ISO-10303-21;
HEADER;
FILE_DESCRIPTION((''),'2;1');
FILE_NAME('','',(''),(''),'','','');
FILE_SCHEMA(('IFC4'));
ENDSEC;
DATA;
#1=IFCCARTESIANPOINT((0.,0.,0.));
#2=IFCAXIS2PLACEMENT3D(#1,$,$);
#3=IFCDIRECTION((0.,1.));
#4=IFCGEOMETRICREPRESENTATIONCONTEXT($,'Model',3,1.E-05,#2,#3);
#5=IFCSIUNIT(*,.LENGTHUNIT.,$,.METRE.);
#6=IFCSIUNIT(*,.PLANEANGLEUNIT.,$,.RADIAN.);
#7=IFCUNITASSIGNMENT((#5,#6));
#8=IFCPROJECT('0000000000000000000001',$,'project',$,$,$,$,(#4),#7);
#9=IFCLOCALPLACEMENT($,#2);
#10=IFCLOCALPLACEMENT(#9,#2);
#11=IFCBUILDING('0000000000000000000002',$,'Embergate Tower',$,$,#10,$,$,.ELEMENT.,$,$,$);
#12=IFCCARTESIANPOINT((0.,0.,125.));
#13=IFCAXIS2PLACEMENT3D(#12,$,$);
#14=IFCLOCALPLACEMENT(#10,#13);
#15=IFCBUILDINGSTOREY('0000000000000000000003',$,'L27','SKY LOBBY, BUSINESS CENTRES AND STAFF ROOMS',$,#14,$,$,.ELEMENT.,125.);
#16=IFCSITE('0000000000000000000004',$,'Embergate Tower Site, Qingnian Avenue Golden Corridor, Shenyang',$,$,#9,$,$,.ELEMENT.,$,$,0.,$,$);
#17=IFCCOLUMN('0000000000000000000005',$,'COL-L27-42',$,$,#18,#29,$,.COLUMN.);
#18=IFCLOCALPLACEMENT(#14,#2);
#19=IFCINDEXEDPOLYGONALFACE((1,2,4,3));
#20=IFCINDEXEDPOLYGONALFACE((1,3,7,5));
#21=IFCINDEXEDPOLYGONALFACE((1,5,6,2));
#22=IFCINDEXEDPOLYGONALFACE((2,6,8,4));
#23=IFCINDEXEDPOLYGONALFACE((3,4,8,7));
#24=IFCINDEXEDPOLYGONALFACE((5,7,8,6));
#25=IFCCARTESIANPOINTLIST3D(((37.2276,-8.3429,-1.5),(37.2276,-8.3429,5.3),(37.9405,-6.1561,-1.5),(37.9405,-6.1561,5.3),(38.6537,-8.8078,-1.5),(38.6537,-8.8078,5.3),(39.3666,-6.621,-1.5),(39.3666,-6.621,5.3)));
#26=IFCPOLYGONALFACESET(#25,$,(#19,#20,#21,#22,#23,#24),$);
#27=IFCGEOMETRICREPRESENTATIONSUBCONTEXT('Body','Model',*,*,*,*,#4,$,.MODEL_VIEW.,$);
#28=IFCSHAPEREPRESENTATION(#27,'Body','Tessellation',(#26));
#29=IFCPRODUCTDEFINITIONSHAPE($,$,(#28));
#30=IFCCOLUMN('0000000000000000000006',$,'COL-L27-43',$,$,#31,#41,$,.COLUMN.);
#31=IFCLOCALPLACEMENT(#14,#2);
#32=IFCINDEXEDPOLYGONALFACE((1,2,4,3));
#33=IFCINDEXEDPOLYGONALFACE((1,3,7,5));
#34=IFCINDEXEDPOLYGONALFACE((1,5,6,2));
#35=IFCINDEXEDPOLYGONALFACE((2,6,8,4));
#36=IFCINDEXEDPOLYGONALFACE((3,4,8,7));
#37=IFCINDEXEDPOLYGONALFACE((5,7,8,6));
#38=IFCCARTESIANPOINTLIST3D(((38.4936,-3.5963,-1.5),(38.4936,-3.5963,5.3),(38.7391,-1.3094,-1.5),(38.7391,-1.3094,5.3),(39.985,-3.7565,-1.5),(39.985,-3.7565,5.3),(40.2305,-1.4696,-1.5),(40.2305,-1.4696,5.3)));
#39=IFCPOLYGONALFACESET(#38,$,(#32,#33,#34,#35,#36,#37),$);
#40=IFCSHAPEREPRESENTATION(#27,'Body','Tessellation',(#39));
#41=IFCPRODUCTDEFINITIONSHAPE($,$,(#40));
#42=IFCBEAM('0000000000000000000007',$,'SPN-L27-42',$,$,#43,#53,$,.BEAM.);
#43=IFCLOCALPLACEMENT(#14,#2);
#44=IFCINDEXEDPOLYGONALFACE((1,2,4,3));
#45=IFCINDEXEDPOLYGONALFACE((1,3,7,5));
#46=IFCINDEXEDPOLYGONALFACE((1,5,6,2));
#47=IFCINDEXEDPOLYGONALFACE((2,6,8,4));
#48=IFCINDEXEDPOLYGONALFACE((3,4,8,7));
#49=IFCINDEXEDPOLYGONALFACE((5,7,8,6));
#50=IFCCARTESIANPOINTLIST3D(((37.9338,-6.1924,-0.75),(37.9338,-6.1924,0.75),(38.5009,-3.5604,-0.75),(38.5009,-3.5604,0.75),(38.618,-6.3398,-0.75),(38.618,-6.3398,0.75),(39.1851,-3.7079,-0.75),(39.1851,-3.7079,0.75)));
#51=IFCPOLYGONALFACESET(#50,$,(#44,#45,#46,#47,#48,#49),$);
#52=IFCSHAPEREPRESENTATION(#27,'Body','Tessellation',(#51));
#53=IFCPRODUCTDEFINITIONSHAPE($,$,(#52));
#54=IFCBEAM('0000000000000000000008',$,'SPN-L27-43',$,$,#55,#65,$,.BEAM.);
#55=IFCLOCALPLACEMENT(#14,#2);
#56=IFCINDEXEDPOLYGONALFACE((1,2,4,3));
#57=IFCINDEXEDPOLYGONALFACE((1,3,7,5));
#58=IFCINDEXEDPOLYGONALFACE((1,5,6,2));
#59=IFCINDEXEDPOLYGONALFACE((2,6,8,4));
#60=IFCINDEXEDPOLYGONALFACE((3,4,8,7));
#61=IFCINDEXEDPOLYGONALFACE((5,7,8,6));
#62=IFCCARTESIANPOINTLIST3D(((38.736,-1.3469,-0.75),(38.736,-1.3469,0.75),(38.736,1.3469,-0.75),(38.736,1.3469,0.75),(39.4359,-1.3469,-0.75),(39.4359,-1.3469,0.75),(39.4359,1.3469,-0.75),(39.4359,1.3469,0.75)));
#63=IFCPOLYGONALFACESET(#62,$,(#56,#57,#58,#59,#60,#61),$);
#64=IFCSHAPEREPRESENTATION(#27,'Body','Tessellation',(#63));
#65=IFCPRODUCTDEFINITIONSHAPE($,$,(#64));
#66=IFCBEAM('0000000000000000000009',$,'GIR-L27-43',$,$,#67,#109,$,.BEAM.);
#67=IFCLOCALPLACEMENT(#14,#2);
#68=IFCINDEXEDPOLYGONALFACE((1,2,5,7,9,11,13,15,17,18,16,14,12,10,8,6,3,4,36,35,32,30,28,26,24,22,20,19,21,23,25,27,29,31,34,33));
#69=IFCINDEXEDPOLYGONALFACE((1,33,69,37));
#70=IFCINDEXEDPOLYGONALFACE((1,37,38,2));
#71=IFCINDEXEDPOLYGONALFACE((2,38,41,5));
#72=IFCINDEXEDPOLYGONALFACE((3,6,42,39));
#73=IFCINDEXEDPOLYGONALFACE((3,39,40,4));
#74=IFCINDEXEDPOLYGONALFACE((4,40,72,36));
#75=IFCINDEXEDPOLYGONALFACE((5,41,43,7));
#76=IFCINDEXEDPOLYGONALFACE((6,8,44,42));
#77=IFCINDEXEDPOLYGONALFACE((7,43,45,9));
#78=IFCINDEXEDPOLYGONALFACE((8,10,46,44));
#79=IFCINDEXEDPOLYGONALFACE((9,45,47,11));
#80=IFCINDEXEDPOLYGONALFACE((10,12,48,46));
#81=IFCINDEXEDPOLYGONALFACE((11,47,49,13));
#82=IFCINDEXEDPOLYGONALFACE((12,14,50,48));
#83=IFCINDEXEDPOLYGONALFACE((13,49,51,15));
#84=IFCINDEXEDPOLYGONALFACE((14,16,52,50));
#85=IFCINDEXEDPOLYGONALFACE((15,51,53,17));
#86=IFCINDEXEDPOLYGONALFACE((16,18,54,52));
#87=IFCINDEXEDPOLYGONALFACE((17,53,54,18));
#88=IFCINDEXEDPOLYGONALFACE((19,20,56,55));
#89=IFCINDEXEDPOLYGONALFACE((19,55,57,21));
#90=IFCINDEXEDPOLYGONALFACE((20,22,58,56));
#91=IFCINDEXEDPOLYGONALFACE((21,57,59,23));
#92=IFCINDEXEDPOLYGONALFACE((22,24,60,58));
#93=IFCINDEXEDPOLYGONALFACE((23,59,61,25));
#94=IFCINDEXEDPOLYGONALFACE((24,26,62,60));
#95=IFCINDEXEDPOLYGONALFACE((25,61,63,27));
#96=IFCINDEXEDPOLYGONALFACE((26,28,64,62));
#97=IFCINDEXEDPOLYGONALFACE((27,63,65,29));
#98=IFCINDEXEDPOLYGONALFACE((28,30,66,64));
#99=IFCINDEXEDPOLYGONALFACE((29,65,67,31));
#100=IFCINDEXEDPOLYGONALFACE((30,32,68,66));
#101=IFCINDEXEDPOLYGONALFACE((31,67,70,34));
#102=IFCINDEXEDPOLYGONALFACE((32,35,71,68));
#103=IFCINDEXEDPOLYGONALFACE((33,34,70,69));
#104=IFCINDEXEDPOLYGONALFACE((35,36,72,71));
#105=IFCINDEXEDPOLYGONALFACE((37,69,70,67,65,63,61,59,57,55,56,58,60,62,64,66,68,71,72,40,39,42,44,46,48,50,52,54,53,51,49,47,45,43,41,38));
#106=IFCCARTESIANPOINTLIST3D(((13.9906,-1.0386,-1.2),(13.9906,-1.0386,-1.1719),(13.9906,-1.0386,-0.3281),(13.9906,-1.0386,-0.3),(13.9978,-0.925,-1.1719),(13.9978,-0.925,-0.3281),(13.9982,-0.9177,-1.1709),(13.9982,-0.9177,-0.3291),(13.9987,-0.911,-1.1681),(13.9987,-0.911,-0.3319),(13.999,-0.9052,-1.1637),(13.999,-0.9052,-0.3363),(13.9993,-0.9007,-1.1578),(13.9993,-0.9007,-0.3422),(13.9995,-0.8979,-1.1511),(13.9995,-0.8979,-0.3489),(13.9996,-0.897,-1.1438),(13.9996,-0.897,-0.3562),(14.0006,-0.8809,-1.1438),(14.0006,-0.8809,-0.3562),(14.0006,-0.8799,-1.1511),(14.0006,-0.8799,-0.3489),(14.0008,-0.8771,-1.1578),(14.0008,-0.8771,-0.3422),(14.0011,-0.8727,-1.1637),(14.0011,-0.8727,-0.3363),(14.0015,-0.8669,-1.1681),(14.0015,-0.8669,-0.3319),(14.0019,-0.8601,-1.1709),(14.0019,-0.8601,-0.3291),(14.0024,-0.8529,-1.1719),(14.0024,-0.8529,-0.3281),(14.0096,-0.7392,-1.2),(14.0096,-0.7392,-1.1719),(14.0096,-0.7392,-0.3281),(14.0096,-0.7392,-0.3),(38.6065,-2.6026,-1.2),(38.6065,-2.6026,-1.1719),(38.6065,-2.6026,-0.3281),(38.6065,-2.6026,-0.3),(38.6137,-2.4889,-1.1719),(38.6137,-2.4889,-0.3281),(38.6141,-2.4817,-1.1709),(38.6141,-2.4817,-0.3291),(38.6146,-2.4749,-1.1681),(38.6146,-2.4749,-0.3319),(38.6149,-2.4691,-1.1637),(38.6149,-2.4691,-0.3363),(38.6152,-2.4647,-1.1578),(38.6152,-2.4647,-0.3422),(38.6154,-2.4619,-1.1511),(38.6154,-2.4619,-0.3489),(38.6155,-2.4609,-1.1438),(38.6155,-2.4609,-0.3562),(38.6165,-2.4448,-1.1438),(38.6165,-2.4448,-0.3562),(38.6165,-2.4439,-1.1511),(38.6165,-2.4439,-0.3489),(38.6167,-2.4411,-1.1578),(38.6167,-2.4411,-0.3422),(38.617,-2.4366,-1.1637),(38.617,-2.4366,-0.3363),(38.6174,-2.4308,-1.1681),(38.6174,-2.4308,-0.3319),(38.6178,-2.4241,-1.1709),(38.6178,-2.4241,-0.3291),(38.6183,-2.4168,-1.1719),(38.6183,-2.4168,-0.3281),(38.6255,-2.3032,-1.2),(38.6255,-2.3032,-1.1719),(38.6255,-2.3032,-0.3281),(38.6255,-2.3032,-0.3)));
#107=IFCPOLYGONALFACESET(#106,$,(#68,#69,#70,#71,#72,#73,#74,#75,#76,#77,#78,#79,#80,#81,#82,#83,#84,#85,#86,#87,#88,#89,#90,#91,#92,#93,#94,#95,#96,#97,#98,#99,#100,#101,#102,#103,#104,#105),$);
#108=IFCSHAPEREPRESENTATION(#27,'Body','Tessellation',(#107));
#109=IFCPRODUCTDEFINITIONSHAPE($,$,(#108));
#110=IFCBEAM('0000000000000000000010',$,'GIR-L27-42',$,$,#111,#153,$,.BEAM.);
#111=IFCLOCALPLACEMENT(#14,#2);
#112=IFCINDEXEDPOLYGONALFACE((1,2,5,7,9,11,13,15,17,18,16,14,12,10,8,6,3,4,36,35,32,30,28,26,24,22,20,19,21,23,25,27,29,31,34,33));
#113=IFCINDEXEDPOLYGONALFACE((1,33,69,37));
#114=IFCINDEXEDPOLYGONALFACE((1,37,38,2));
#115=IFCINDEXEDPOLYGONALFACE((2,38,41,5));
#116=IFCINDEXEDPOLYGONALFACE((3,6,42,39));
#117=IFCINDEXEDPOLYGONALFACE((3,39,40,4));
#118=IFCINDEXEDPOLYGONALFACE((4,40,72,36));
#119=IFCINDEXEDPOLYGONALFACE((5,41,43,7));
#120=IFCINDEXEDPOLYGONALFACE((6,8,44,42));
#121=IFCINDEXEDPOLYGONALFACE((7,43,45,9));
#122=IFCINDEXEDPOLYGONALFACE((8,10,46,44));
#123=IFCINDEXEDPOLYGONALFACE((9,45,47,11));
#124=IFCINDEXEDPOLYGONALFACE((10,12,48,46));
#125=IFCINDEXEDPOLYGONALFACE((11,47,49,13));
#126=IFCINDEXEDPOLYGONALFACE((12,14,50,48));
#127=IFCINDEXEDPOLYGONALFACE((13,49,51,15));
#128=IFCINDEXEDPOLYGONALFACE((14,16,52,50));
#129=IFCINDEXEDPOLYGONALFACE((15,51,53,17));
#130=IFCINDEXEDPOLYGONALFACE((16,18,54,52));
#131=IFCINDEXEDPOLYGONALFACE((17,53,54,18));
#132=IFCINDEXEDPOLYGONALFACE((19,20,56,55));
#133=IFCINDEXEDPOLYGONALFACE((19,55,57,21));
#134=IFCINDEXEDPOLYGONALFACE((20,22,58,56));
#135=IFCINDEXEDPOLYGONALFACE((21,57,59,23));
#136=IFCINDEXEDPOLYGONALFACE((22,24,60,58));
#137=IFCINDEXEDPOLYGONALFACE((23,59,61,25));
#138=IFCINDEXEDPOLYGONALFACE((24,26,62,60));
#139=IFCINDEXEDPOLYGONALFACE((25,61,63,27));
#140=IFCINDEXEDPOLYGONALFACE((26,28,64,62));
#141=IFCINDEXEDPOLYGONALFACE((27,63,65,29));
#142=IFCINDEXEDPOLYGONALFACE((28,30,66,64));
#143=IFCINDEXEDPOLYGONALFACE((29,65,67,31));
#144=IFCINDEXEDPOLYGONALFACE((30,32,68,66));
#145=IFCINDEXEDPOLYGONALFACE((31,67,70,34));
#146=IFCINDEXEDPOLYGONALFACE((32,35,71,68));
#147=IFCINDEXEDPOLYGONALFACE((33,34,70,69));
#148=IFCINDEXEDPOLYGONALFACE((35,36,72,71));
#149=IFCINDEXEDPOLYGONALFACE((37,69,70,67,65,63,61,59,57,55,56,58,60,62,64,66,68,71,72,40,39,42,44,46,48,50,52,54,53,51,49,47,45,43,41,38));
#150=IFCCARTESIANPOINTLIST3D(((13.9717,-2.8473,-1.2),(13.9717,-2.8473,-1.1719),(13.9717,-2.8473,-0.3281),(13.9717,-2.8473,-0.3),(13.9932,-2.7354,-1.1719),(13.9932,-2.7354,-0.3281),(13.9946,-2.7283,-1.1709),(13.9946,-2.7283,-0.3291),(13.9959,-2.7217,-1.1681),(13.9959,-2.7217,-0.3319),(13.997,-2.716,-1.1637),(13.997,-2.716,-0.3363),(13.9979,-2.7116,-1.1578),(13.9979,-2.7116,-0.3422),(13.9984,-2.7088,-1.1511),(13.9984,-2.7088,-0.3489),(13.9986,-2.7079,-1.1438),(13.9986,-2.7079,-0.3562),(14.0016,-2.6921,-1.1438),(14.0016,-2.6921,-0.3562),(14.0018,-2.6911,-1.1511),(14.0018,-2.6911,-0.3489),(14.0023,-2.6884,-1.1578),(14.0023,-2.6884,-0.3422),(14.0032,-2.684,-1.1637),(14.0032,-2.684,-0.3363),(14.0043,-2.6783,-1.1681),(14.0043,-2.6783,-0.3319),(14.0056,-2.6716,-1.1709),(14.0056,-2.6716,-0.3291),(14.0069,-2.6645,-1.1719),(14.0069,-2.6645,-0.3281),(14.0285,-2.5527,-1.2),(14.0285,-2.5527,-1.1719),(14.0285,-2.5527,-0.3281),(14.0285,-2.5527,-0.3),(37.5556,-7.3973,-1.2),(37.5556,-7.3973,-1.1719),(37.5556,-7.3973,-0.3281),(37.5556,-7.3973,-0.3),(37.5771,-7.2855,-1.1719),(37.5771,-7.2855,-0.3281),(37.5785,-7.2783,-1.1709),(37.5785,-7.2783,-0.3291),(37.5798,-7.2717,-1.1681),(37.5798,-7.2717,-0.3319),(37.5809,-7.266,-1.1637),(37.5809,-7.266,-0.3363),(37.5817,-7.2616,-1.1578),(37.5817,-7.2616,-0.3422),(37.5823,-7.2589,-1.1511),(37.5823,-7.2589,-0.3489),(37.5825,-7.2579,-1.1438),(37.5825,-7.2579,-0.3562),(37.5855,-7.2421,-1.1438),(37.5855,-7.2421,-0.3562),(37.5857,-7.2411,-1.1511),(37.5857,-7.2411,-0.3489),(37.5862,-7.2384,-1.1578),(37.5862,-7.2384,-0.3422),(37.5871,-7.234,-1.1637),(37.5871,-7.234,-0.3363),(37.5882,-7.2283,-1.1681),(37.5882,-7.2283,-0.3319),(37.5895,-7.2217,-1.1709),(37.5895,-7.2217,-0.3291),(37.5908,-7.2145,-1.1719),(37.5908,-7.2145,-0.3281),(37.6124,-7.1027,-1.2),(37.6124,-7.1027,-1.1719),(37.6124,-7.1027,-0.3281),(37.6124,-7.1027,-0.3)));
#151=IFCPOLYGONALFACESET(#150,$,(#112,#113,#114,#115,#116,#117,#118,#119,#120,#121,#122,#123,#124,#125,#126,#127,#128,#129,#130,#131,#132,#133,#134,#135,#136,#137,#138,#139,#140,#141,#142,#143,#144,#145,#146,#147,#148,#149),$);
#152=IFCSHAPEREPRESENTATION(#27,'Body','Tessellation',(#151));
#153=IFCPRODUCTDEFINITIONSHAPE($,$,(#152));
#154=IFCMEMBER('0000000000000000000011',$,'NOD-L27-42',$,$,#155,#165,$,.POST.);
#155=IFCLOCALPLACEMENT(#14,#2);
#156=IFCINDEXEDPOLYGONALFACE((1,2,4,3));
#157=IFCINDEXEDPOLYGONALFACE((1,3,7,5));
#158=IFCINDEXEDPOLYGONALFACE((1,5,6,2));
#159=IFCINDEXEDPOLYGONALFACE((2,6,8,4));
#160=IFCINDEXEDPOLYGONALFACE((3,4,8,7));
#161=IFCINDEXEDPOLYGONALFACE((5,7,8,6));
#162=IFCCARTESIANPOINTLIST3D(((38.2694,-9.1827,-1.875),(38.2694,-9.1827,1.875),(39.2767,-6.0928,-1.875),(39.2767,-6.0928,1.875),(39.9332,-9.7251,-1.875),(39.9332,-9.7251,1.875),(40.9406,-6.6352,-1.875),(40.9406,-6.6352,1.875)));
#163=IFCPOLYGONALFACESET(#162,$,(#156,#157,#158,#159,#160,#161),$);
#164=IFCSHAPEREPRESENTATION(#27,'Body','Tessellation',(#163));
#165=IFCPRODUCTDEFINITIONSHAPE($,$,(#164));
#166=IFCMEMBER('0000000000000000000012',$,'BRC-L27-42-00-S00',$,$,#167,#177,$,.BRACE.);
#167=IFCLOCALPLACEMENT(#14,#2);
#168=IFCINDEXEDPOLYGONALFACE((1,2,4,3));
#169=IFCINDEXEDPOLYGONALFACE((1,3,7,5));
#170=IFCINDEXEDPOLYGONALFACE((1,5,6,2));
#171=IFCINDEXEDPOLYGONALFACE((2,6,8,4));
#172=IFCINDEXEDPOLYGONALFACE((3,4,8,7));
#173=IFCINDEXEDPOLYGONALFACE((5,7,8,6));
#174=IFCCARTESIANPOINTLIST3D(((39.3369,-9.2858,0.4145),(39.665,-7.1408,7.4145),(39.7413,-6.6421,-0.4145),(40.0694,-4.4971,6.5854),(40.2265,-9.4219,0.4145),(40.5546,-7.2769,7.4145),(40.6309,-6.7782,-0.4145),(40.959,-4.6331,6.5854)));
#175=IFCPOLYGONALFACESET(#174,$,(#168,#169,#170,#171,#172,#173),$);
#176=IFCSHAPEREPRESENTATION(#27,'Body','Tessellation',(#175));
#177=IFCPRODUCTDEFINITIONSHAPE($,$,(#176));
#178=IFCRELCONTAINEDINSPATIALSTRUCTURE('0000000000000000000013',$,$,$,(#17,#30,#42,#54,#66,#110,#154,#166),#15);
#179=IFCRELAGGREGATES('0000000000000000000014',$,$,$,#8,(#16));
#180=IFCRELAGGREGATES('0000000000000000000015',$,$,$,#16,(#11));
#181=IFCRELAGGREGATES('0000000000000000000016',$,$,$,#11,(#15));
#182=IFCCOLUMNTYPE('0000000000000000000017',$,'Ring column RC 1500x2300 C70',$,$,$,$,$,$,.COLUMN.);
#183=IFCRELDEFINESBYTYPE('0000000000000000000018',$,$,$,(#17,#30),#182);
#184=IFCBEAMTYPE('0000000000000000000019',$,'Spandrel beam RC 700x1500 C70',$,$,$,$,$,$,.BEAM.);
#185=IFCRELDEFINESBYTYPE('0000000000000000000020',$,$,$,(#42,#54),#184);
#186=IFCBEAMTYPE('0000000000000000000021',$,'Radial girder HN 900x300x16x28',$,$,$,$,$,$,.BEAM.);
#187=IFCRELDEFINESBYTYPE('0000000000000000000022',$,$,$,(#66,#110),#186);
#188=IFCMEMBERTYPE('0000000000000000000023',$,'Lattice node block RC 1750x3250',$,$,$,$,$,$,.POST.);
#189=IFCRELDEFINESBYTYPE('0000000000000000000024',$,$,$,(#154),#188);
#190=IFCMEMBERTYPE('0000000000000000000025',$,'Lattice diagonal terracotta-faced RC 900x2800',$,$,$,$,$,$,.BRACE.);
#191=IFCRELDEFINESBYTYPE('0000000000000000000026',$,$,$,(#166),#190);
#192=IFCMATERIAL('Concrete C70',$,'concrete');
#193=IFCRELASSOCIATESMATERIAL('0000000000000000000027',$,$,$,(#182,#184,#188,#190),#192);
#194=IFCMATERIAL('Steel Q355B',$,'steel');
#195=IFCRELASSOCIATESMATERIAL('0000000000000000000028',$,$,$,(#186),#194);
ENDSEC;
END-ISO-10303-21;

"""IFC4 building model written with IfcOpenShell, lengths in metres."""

from ifc_helpers import new_model, si_unit, direction, frame, origin, origin_2d, place, context, subcontext, project, spatial, rectangle, i_section, extrude, source, transform, mapped, material, material_profile, profile_set, type_object, element, save


model = new_model("IFC4")

# Units and contexts
model_context = context("Model", 3, precision=1e-05, world=origin(), true_north=direction((0.0, 1.0)))
body_context = subcontext(model_context, "Body", "Model", "MODEL_VIEW")
ifc_project = project(units=[si_unit("LENGTHUNIT", "METRE"), si_unit("PLANEANGLEUNIT", "RADIAN")], contexts=[model_context])

# Site, building, storey
site_placement = place(None, origin())
site = spatial("IfcSite", under=ifc_project, at=site_placement, Name="Embergate Tower Site, Qingnian Avenue Golden Corridor, Shenyang", CompositionType="ELEMENT", RefElevation=0.0)
building_placement = place(site_placement, origin())
building = spatial("IfcBuilding", under=site, at=building_placement, Name="Embergate Tower", CompositionType="ELEMENT")
storey_placement = place(building_placement, frame((0.0, 0.0, 125.0)))
storey = spatial("IfcBuildingStorey", under=building, at=storey_placement, Name="L27", Description="SKY LOBBY, BUSINESS CENTRES AND STAFF ROOMS", CompositionType="ELEMENT", Elevation=125.0)

# Columns
ifc_material_1 = material(Name="Concrete C70", Category="concrete")
ifc_material_profile_1 = material_profile(ifc_material_1, rectangle(XDim=1.5, YDim=2.3, at=origin_2d()), Name="RC 1500x2300")
ifc_profile_set_1 = profile_set([ifc_material_profile_1], Name="Concrete C70")
column_type = type_object("IfcColumnType", Name="Ring column RC 1500x2300 C70", PredefinedType="COLUMN", material=ifc_profile_set_1)
shared_shape_1 = source(origin(), body_context, "Body", "SweptSolid", [
    extrude(rectangle(XDim=1.5, YDim=2.3, at=origin_2d()), origin(), (0.0, 0.0, 1.0), 6.8),
])
for number, where, z_axis, x_axis, name in (
    (1, (38.2971, -7.4819, -1.5), (0.0, 0.0, 1.0), (0.950754, -0.309946, 0.0), "COL-L27-42"),
    (2, (39.3621, -2.533, -1.5), (0.0, 0.0, 1.0), (0.994286, -0.10675, 0.0), "COL-L27-43"),
):
    element("IfcColumn", number, at=place(storey_placement, frame(where, z_axis=z_axis, x_axis=x_axis)), inside=storey, type_object=column_type, Name=name, PredefinedType="COLUMN", context=body_context, shape_type="MappedRepresentation", body=[
        mapped(shared_shape_1, transform((0.0, 0.0, 0.0))),
    ])

# Beams
ifc_material_profile_2 = material_profile(ifc_material_1, rectangle(XDim=0.7, YDim=1.5, at=origin_2d()), Name="RC 700x1500")
ifc_profile_set_2 = profile_set([ifc_material_profile_2], Name="Concrete C70")
beam_type_1 = type_object("IfcBeamType", Name="Spandrel beam RC 700x1500 C70", PredefinedType="BEAM", material=ifc_profile_set_2)
shared_shape_2 = source(origin(), body_context, "Body", "SweptSolid", [
    extrude(rectangle(XDim=0.7, YDim=1.5, at=origin_2d()), origin(), (0.0, 0.0, 1.0), 2.6924),
])
beam_1_placement = place(storey_placement, frame((38.2759, -6.2661, 0.0), z_axis=(0.210637, 0.977564, 0.0), x_axis=(-0.977564, 0.210637, 0.0)))
element("IfcBeam", 3, at=beam_1_placement, inside=storey, type_object=beam_type_1, Name="SPN-L27-42", PredefinedType="BEAM", context=body_context, shape_type="MappedRepresentation", body=[
    mapped(shared_shape_2, transform((0.0, 0.0, 0.0))),
])
shared_shape_3 = source(origin(), body_context, "Body", "SweptSolid", [
    extrude(rectangle(XDim=0.7, YDim=1.5, at=origin_2d()), origin(), (0.0, 0.0, 1.0), 2.6938),
])
beam_2_placement = place(storey_placement, frame((39.0859, -1.3469, 0.0), z_axis=(0.0, 1.0, 0.0), x_axis=(-1.0, 0.0, 0.0)))
element("IfcBeam", 4, at=beam_2_placement, inside=storey, type_object=beam_type_1, Name="SPN-L27-43", PredefinedType="BEAM", context=body_context, shape_type="MappedRepresentation", body=[
    mapped(shared_shape_3, transform((0.0, 0.0, 0.0))),
])
ifc_material_2 = material(Name="Steel Q355B", Category="steel")
ifc_material_profile_3 = material_profile(ifc_material_2, i_section(OverallWidth=0.3, OverallDepth=0.8999, WebThickness=0.0161, FlangeThickness=0.0281, FilletRadius=0.0281, at=origin_2d()), Name="HN 900x300x16x28")
ifc_profile_set_3 = profile_set([ifc_material_profile_3], Name="Steel Q355 grade B")
beam_type_2 = type_object("IfcBeamType", Name="Radial girder HN 900x300x16x28", PredefinedType="BEAM", material=ifc_profile_set_3)
shared_shape_4 = source(origin(), body_context, "Body", "SweptSolid", [
    extrude(i_section(OverallWidth=0.3, OverallDepth=0.8999, WebThickness=0.0161, FlangeThickness=0.0281, FilletRadius=0.0281, at=origin_2d()), origin(), (0.0, 0.0, 1.0), 24.6655),
])
beam_3_placement = place(storey_placement, frame((38.616, -2.4529, -0.75), z_axis=(-0.997988, 0.063407, 0.0), x_axis=(-0.063407, -0.997988, 0.0)))
element("IfcBeam", 5, at=beam_3_placement, inside=storey, type_object=beam_type_2, Name="GIR-L27-43", PredefinedType="BEAM", context=body_context, shape_type="MappedRepresentation", body=[
    mapped(shared_shape_4, transform((0.0, 0.0, 0.0))),
])
shared_shape_5 = source(origin(), body_context, "Body", "SweptSolid", [
    extrude(i_section(OverallWidth=0.3, OverallDepth=0.8999, WebThickness=0.0161, FlangeThickness=0.0281, FilletRadius=0.0281, at=origin_2d()), origin(), (0.0, 0.0, 1.0), 24.0188),
])
beam_4_placement = place(storey_placement, frame((37.584, -7.25, -0.75), z_axis=(-0.981893, 0.189436, 0.0), x_axis=(-0.189436, -0.981893, 0.0)))
element("IfcBeam", 6, at=beam_4_placement, inside=storey, type_object=beam_type_2, Name="GIR-L27-42", PredefinedType="BEAM", context=body_context, shape_type="MappedRepresentation", body=[
    mapped(shared_shape_5, transform((0.0, 0.0, 0.0))),
])

# Members
ifc_material_profile_4 = material_profile(ifc_material_1, rectangle(XDim=1.75, YDim=3.25, at=origin_2d()), Name="RC 1750x3250")
ifc_profile_set_4 = profile_set([ifc_material_profile_4], Name="Concrete C70")
member_type_1 = type_object("IfcMemberType", Name="Lattice node block RC 1750x3250", PredefinedType="POST", material=ifc_profile_set_4)
shared_shape_6 = source(origin(), body_context, "Body", "SweptSolid", [
    extrude(rectangle(XDim=1.75, YDim=3.25, at=origin_2d()), origin(), (0.0, 0.0, 1.0), 3.75),
])
member_1_placement = place(storey_placement, frame((39.605, -7.9089, -1.875), z_axis=(0.0, 0.0, 1.0), x_axis=(0.950754, -0.309946, 0.0)))
element("IfcMember", 7, at=member_1_placement, inside=storey, type_object=member_type_1, Name="NOD-L27-42", PredefinedType="POST", context=body_context, shape_type="MappedRepresentation", body=[
    mapped(shared_shape_6, transform((0.0, 0.0, 0.0))),
])
ifc_material_profile_5 = material_profile(ifc_material_1, rectangle(XDim=0.8999, YDim=2.8, at=origin_2d()), Name="RC 900x2800")
ifc_profile_set_5 = profile_set([ifc_material_profile_5], Name="Concrete C70")
member_type_2 = type_object("IfcMemberType", Name="Lattice diagonal terracotta-faced RC 900x2800", PredefinedType="BRACE", material=ifc_profile_set_5)
shared_shape_7 = source(origin(), body_context, "Body", "SweptSolid", [
    extrude(rectangle(XDim=0.8999, YDim=2.8, at=origin_2d()), origin(), (0.0, 0.0, 1.0), 7.3286),
])
member_2_placement = place(storey_placement, frame((39.9839, -8.032, 0.0), z_axis=(0.044773, 0.292691, 0.955158), x_axis=(-0.988501, 0.151212, 0.0)))
element("IfcMember", 8, at=member_2_placement, inside=storey, type_object=member_type_2, Name="BRC-L27-42-00-S00", PredefinedType="BRACE", context=body_context, shape_type="MappedRepresentation", body=[
    mapped(shared_shape_7, transform((0.0, 0.0, 0.0))),
])

save(model, "model.ifc")
